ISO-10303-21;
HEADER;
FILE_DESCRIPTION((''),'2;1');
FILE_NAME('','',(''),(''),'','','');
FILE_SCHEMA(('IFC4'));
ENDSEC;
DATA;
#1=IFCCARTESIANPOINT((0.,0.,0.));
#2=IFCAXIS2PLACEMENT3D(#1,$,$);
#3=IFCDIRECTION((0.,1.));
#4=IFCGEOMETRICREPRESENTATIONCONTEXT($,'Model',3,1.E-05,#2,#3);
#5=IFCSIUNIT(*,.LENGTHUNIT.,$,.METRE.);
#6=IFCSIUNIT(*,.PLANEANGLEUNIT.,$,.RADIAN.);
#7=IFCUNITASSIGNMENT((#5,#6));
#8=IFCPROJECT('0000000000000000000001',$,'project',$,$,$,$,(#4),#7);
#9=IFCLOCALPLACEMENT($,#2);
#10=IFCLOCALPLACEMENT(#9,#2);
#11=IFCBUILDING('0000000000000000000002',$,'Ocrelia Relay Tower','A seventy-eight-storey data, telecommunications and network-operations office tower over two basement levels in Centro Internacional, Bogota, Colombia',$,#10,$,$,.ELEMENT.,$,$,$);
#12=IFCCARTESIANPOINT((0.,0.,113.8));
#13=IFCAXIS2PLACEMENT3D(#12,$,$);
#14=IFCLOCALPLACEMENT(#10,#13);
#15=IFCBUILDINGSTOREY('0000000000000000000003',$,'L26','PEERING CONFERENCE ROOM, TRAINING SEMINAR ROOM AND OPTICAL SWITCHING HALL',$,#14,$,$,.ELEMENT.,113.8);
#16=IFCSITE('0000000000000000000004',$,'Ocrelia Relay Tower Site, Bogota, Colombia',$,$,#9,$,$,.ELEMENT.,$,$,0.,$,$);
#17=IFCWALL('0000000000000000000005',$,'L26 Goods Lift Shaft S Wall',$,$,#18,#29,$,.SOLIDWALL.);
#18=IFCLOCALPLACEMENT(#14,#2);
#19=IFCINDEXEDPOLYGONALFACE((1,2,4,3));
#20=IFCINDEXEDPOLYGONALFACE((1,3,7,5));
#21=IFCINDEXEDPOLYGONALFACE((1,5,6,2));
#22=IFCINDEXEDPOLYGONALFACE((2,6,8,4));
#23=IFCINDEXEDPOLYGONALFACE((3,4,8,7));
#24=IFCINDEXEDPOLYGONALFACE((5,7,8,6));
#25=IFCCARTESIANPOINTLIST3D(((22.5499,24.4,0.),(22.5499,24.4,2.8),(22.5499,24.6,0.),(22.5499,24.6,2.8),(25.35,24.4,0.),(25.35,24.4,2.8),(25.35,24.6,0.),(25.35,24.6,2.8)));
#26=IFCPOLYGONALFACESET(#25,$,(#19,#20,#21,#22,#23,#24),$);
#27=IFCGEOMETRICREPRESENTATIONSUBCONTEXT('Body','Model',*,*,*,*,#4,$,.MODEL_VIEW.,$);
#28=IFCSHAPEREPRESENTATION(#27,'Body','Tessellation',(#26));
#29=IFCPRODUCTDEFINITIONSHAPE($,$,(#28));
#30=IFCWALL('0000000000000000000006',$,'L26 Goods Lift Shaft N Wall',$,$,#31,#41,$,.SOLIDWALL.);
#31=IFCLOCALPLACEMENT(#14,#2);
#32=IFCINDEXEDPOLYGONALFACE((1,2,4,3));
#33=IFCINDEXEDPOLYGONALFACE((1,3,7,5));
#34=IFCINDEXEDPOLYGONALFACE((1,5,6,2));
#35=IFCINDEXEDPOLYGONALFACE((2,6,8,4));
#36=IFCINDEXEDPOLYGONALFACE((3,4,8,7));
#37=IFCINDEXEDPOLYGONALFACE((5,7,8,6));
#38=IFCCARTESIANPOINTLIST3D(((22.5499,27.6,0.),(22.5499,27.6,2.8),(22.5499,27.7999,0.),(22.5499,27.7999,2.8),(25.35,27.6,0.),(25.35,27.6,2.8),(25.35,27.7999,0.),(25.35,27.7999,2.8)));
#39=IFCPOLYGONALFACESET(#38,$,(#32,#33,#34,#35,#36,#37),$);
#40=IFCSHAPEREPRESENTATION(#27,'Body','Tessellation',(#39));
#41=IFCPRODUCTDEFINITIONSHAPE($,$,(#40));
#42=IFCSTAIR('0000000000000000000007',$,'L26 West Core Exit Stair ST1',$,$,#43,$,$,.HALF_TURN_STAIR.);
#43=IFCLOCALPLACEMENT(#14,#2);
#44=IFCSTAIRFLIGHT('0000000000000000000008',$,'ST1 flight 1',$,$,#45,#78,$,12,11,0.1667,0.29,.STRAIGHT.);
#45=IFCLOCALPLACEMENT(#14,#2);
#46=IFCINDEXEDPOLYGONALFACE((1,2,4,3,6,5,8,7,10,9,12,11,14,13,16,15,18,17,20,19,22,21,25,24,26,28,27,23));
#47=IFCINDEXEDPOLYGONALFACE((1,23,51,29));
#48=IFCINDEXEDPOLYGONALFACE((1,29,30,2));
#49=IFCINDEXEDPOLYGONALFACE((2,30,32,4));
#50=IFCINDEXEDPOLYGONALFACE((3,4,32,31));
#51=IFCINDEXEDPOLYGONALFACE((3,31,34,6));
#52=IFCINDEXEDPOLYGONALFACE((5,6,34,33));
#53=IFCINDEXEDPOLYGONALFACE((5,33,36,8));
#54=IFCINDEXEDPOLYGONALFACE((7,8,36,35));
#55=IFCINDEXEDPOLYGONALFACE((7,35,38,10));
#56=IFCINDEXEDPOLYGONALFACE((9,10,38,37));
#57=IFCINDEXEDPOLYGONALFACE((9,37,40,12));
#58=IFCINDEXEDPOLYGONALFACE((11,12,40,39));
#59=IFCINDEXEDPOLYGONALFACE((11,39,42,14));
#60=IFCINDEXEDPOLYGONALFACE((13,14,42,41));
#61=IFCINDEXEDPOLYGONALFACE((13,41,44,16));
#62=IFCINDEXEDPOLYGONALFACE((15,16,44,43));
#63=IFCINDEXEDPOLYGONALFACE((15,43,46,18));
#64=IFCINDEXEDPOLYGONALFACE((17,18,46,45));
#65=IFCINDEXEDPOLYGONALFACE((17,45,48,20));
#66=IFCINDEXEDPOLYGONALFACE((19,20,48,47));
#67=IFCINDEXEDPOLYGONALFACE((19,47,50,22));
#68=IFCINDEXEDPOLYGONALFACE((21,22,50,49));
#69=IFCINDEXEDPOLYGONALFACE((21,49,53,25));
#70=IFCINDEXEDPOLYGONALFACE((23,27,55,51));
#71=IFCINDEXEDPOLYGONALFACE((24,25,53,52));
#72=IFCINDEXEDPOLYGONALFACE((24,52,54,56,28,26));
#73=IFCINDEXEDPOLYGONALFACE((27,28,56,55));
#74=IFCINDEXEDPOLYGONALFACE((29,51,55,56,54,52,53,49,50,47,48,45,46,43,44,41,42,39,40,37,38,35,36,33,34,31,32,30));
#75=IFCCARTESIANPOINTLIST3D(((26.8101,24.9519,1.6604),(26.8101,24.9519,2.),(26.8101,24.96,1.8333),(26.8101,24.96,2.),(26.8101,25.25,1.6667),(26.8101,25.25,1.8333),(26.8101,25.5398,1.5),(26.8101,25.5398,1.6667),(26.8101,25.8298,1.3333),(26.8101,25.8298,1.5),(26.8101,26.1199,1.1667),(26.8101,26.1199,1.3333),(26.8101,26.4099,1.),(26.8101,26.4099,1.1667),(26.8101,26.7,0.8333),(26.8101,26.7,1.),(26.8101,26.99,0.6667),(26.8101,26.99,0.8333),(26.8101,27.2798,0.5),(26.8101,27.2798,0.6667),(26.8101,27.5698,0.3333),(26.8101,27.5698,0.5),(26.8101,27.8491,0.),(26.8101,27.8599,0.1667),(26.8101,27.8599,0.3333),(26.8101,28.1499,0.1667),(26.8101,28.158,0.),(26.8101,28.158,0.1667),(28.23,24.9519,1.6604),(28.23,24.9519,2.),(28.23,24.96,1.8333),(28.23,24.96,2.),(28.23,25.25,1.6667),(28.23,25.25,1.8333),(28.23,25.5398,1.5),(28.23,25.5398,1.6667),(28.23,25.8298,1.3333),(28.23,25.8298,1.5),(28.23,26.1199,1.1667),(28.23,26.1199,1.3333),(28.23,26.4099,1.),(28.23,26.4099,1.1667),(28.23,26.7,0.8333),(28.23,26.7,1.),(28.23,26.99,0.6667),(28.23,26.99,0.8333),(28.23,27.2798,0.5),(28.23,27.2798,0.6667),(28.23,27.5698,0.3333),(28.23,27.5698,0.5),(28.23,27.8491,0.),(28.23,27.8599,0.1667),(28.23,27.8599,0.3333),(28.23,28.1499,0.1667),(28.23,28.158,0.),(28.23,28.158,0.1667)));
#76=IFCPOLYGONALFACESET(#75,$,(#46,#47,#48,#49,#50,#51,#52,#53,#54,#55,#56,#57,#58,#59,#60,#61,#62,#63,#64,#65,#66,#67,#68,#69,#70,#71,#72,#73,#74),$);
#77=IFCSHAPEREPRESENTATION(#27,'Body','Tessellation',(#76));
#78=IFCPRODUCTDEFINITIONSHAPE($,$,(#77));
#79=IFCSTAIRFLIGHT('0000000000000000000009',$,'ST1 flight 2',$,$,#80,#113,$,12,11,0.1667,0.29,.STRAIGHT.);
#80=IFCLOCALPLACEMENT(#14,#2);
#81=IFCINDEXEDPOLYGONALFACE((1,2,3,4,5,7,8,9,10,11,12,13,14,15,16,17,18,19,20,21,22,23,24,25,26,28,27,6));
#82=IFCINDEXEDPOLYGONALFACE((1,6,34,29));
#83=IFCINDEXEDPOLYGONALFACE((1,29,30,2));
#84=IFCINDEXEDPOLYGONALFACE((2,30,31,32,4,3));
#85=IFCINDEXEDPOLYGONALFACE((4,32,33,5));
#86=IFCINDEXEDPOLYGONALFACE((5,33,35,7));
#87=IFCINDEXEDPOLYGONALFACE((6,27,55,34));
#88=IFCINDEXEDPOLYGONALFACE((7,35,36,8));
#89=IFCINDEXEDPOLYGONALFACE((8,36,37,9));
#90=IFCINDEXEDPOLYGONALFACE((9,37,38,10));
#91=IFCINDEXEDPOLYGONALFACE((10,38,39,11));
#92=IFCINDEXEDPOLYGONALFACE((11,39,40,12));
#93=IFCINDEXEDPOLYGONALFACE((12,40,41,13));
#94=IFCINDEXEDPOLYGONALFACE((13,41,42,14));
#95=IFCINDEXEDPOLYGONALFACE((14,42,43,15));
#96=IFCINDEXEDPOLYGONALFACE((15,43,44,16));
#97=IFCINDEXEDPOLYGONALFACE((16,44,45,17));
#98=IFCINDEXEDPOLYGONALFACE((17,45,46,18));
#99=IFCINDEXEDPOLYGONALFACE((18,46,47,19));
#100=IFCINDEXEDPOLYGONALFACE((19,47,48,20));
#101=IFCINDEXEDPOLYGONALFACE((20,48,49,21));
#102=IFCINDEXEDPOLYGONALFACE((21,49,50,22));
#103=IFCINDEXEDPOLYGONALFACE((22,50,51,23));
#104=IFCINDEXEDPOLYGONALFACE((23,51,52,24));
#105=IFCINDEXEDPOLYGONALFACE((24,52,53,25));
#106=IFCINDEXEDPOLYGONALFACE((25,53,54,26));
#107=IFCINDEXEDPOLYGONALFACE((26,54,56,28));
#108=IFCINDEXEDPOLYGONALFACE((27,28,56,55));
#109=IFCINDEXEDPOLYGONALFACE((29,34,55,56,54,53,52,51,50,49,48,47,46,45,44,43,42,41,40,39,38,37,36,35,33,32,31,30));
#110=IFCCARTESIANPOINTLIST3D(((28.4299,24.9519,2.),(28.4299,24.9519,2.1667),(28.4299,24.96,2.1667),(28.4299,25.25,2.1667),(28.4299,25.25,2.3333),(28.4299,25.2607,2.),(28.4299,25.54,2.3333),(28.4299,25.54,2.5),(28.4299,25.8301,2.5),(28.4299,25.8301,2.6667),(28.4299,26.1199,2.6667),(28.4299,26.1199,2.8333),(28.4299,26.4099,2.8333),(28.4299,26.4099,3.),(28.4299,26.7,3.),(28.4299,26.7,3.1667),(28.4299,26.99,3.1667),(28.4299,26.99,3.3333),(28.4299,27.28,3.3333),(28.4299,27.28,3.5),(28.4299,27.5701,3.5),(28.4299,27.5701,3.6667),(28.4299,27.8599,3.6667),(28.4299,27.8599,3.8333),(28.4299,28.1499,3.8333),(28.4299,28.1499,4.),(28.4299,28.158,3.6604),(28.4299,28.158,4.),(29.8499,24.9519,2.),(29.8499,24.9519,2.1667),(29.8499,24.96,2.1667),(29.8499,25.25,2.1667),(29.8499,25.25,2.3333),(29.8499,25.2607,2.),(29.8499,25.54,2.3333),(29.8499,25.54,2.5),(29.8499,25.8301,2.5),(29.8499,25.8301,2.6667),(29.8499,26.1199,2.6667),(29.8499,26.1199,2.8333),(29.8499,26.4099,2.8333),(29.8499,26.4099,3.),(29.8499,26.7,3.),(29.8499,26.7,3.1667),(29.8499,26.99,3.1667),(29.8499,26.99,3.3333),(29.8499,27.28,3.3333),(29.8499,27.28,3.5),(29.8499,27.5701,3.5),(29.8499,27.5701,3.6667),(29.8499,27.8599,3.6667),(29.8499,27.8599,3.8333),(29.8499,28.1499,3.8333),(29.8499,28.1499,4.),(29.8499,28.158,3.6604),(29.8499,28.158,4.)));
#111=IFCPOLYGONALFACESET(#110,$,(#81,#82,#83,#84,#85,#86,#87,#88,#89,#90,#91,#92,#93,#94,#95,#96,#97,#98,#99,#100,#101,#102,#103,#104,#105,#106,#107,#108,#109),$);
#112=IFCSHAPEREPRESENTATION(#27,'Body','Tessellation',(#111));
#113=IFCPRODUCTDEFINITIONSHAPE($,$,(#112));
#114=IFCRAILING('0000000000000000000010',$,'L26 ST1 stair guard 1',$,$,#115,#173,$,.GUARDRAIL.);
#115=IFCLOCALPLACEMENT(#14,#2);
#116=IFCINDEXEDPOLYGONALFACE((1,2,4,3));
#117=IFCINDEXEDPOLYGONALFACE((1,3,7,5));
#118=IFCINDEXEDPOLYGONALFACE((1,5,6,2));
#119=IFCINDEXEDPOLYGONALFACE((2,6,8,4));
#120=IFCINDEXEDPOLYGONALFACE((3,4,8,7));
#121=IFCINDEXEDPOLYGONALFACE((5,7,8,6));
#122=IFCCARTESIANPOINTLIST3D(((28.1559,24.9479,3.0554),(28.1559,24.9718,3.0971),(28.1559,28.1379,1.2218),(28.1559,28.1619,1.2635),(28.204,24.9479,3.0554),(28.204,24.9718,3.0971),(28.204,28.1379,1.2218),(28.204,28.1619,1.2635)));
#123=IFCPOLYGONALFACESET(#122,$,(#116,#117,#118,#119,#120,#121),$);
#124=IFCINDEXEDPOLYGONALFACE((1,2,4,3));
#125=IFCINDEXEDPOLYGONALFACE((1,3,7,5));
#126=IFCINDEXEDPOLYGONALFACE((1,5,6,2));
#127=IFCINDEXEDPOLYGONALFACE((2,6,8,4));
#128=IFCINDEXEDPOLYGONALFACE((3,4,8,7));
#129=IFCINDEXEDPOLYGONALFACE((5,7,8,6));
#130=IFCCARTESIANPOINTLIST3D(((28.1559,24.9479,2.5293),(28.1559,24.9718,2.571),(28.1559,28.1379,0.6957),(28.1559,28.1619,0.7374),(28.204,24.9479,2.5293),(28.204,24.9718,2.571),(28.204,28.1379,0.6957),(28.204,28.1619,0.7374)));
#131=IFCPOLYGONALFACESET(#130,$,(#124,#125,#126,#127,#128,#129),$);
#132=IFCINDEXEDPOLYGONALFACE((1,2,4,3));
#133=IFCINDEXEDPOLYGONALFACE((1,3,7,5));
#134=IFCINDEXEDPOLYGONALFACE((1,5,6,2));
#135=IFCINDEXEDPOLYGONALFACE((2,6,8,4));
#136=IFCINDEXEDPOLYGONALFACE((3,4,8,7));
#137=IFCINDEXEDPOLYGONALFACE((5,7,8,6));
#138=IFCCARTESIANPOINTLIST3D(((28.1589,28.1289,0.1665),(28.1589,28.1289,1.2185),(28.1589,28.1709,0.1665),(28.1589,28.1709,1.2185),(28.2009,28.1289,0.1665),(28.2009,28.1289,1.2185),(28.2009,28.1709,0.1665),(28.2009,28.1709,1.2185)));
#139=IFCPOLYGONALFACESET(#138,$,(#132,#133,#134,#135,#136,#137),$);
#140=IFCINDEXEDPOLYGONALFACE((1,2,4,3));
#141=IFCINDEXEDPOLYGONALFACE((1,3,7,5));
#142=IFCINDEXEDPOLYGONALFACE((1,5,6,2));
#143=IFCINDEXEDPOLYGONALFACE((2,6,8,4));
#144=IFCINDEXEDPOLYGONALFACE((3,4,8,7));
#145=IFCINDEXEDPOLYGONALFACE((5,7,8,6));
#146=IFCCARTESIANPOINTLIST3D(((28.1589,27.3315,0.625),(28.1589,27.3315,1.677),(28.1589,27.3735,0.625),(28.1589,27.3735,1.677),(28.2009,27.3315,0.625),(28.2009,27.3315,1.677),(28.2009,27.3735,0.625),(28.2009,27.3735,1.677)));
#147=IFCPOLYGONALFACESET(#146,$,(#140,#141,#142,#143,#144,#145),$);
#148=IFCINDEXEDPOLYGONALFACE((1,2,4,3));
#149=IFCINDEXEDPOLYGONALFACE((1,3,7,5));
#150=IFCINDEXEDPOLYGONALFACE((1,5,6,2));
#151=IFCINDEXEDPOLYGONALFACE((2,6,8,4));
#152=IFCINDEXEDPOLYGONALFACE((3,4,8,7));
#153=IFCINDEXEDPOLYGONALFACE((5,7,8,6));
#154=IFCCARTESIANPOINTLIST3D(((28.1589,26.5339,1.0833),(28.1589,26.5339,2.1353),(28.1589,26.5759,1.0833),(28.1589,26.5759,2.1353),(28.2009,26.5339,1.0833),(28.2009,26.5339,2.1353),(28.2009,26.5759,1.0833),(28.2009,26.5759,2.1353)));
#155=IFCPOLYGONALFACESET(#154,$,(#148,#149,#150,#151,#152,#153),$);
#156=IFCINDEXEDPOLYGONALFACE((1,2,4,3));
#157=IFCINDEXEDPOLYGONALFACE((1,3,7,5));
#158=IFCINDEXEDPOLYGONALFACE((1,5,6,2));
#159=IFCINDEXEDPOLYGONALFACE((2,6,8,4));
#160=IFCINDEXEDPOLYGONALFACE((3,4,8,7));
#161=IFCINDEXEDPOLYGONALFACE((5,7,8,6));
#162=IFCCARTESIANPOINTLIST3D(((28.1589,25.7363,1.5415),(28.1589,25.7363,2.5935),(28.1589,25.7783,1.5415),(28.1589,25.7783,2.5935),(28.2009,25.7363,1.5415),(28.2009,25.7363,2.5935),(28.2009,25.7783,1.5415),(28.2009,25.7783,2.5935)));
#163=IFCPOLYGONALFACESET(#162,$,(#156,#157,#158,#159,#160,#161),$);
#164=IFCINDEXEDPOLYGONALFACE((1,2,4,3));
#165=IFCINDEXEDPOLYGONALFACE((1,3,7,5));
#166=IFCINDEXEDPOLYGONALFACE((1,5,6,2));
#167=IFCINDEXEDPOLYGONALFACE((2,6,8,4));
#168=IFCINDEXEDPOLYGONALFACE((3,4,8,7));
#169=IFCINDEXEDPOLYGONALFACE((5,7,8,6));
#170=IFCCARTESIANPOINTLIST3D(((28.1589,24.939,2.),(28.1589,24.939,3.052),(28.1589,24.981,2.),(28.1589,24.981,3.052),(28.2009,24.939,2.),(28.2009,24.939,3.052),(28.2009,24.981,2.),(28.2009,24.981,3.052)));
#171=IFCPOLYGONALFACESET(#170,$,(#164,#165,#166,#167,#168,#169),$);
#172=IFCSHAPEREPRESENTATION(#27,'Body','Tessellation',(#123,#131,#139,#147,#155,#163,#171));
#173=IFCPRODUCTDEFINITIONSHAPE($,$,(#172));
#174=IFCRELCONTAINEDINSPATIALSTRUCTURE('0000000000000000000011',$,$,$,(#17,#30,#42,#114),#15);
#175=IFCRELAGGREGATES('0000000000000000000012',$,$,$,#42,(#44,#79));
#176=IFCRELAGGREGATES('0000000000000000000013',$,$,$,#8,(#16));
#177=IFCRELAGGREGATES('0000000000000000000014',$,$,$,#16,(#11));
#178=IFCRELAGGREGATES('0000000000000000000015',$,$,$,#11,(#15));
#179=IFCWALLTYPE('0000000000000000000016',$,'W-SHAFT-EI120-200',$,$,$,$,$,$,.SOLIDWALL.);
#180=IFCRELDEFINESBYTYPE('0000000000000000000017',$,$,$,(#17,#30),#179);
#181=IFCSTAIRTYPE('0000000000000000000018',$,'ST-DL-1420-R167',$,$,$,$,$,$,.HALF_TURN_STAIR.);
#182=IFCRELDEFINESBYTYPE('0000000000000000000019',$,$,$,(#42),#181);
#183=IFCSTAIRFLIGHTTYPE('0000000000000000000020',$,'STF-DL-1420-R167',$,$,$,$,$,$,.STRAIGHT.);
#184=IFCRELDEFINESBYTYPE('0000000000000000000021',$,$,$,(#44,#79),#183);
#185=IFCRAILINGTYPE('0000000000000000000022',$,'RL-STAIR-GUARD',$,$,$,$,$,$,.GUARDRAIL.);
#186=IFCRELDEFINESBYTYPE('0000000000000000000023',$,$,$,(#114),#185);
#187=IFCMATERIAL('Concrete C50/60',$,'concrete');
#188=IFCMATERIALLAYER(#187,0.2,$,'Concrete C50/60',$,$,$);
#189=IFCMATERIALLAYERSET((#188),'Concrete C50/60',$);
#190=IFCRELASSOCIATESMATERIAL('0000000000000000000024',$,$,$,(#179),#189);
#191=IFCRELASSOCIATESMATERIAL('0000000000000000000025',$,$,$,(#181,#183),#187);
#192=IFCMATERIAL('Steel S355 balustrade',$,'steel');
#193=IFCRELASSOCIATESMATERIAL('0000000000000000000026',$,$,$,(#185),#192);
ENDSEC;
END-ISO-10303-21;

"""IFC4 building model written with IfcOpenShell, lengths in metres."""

from ifc_helpers import new_model, si_unit, direction, frame, frame_2d, origin, origin_2d, place, context, subcontext, project, spatial, polyline, rectangle, outline, extrude, material, layer, layer_set, type_object, element, aggregate, save


model = new_model("IFC4")

# Units and contexts
model_context = context("Model", 3, precision=1e-05, world=origin(), true_north=direction((0.0, 1.0)))
body_context = subcontext(model_context, "Body", "Model", "MODEL_VIEW")
ifc_project = project(units=[si_unit("LENGTHUNIT", "METRE"), si_unit("PLANEANGLEUNIT", "RADIAN")], contexts=[model_context])

# Site, building, storey
site_placement = place(None, origin())
site = spatial("IfcSite", under=ifc_project, at=site_placement, Name="Ocrelia Relay Tower Site, Bogota, Colombia", CompositionType="ELEMENT", RefElevation=0.0)
building_placement = place(site_placement, origin())
building = spatial("IfcBuilding", under=site, at=building_placement, Name="Ocrelia Relay Tower", Description="A seventy-eight-storey data, telecommunications and network-operations office tower over two basement levels in Centro Internacional, Bogota, Colombia", CompositionType="ELEMENT")
storey_placement = place(building_placement, frame((0.0, 0.0, 113.8)))
storey = spatial("IfcBuildingStorey", under=building, at=storey_placement, Name="L26", Description="PEERING CONFERENCE ROOM, TRAINING SEMINAR ROOM AND OPTICAL SWITCHING HALL", CompositionType="ELEMENT", Elevation=113.8)

# Shared definitions
ifc_material_1 = material(Name="Concrete C50/60", Category="concrete")

# Shared definitions
ifc_layer_1 = layer(ifc_material_1, 0.2, Name="Concrete C50/60")
ifc_layer_set_1 = layer_set([ifc_layer_1], Name="Concrete C50/60")
wall_type_1 = type_object("IfcWallType", Name="W-SHAFT-EI120-200", PredefinedType="SOLIDWALL", material=ifc_layer_set_1)

# Walls
for number, where, z_axis, x_axis, name in (
    (1, (22.55, 24.5, 0.0), (0.0, 0.0, 1.0), (1.0, 0.0, 0.0), "L26 Goods Lift Shaft S Wall"),
    (2, (22.55, 27.7, 0.0), (0.0, 0.0, 1.0), (1.0, 0.0, 0.0), "L26 Goods Lift Shaft N Wall"),
):
    element("IfcWall", number, at=place(storey_placement, frame(where, z_axis=z_axis, x_axis=x_axis)), inside=storey, type_object=wall_type_1, Name=name, PredefinedType="SOLIDWALL", context=body_context, shape_type="SweptSolid", body=[
        extrude(rectangle(XDim=2.8, YDim=0.2, at=frame_2d((1.3999, 0.0))), origin(), (0.0, 0.0, 1.0), 2.8),
    ])

# Stair, stair flights
stair_type = type_object("IfcStairType", Name="ST-DL-1420-R167", PredefinedType="HALF_TURN_STAIR", material=ifc_material_1)
stair_placement = place(storey_placement, origin())
stair = element("IfcStair", 3, at=stair_placement, inside=storey, type_object=stair_type, Name="L26 West Core Exit Stair ST1", PredefinedType="HALF_TURN_STAIR")
stair_flight_type = type_object("IfcStairFlightType", Name="STF-DL-1420-R167", PredefinedType="STRAIGHT", material=ifc_material_1)
stair_flight_1_placement = place(storey_placement, frame((27.52, 28.1499, 0.0), z_axis=(0.0, 0.0, 1.0), x_axis=(0.0, -1.0, 0.0)))
stair_flight_1 = element("IfcStairFlight", 4, at=stair_flight_1_placement, type_object=stair_flight_type, Name="ST1 flight 1", NumberOfRisers=12, NumberOfTreads=11, PredefinedType="STRAIGHT", RiserHeight=0.1667, TreadLength=0.29, context=body_context, shape_type="SweptSolid", body=[
    extrude(outline(polyline([(-0.0081, 0.0), (-0.0081, 0.1667), (0.0, 0.1667), (0.29, 0.1667), (0.29, 0.3333), (0.5801, 0.3333), (0.5801, 0.5), (0.8701, 0.5), (0.8701, 0.6667), (1.1599, 0.6667), (1.1599, 0.8333), (1.45, 0.8333), (1.45, 1.0), (1.74, 1.0), (1.74, 1.1667), (2.03, 1.1667), (2.03, 1.3333), (2.3201, 1.3333), (2.3201, 1.5), (2.6101, 1.5), (2.6101, 1.6667), (2.8999, 1.6667), (2.8999, 1.8333), (3.1899, 1.8333), (3.1899, 2.0), (3.198, 2.0), (3.198, 1.6604), (0.3008, 0.0), (-0.0081, 0.0)])), frame((0.0, 0.71, 0.0), z_axis=(0.0, -1.0, 0.0), x_axis=(1.0, 0.0, 0.0)), (0.0, 0.0, 1.0), 1.4199),
])
stair_flight_2_placement = place(storey_placement, frame((29.1399, 24.96, 2.0), z_axis=(0.0, 0.0, 1.0), x_axis=(0.0, 1.0, 0.0)))
stair_flight_2 = element("IfcStairFlight", 5, at=stair_flight_2_placement, type_object=stair_flight_type, Name="ST1 flight 2", NumberOfRisers=12, NumberOfTreads=11, PredefinedType="STRAIGHT", RiserHeight=0.1667, TreadLength=0.29, context=body_context, shape_type="SweptSolid", body=[
    extrude(outline(polyline([(-0.0081, 0.0), (-0.0081, 0.1667), (0.0, 0.1667), (0.29, 0.1667), (0.29, 0.3333), (0.5801, 0.3333), (0.5801, 0.5), (0.8701, 0.5), (0.8701, 0.6667), (1.1599, 0.6667), (1.1599, 0.8333), (1.45, 0.8333), (1.45, 1.0), (1.74, 1.0), (1.74, 1.1667), (2.03, 1.1667), (2.03, 1.3333), (2.3201, 1.3333), (2.3201, 1.5), (2.6101, 1.5), (2.6101, 1.6667), (2.8999, 1.6667), (2.8999, 1.8333), (3.1899, 1.8333), (3.1899, 2.0), (3.198, 2.0), (3.198, 1.6604), (0.3008, 0.0), (-0.0081, 0.0)])), frame((0.0, 0.71, 0.0), z_axis=(0.0, -1.0, 0.0), x_axis=(1.0, 0.0, 0.0)), (0.0, 0.0, 1.0), 1.4199),
])
aggregate(stair, [stair_flight_1, stair_flight_2])

# Railing
ifc_material_2 = material(Name="Steel S355 balustrade", Category="steel")
railing_type_1 = type_object("IfcRailingType", Name="RL-STAIR-GUARD", PredefinedType="GUARDRAIL", material=ifc_material_2)
railing_1_placement = place(storey_placement, frame((28.1799, 28.1499, 0.1665)))
element("IfcRailing", 6, at=railing_1_placement, inside=storey, type_object=railing_type_1, Name="L26 ST1 stair guard 1", PredefinedType="GUARDRAIL", context=body_context, shape_type="SweptSolid", body=[
    extrude(rectangle(XDim=0.0481, YDim=0.0481, at=origin_2d()), frame((0.0, 0.0, 1.0762), z_axis=(0.0, -0.866991, 0.498324), x_axis=(1.0, 0.0, 0.0)), (0.0, 0.0, 1.0), 3.6794),
    extrude(rectangle(XDim=0.0481, YDim=0.0481, at=origin_2d()), frame((0.0, 0.0, 0.55), z_axis=(0.0, -0.866991, 0.498324), x_axis=(1.0, 0.0, 0.0)), (0.0, 0.0, 1.0), 3.6794),
    extrude(rectangle(XDim=0.042, YDim=0.042, at=origin_2d()), origin(), (0.0, 0.0, 1.0), 1.052),
    extrude(rectangle(XDim=0.042, YDim=0.042, at=origin_2d()), frame((0.0, -0.7974, 0.4585)), (0.0, 0.0, 1.0), 1.052),
    extrude(rectangle(XDim=0.042, YDim=0.042, at=origin_2d()), frame((0.0, -1.595, 0.9167)), (0.0, 0.0, 1.0), 1.052),
    extrude(rectangle(XDim=0.042, YDim=0.042, at=origin_2d()), frame((0.0, -2.3926, 1.375)), (0.0, 0.0, 1.0), 1.052),
    extrude(rectangle(XDim=0.042, YDim=0.042, at=origin_2d()), frame((0.0, -3.1899, 1.8335)), (0.0, 0.0, 1.0), 1.052),
])

save(model, "model.ifc")
